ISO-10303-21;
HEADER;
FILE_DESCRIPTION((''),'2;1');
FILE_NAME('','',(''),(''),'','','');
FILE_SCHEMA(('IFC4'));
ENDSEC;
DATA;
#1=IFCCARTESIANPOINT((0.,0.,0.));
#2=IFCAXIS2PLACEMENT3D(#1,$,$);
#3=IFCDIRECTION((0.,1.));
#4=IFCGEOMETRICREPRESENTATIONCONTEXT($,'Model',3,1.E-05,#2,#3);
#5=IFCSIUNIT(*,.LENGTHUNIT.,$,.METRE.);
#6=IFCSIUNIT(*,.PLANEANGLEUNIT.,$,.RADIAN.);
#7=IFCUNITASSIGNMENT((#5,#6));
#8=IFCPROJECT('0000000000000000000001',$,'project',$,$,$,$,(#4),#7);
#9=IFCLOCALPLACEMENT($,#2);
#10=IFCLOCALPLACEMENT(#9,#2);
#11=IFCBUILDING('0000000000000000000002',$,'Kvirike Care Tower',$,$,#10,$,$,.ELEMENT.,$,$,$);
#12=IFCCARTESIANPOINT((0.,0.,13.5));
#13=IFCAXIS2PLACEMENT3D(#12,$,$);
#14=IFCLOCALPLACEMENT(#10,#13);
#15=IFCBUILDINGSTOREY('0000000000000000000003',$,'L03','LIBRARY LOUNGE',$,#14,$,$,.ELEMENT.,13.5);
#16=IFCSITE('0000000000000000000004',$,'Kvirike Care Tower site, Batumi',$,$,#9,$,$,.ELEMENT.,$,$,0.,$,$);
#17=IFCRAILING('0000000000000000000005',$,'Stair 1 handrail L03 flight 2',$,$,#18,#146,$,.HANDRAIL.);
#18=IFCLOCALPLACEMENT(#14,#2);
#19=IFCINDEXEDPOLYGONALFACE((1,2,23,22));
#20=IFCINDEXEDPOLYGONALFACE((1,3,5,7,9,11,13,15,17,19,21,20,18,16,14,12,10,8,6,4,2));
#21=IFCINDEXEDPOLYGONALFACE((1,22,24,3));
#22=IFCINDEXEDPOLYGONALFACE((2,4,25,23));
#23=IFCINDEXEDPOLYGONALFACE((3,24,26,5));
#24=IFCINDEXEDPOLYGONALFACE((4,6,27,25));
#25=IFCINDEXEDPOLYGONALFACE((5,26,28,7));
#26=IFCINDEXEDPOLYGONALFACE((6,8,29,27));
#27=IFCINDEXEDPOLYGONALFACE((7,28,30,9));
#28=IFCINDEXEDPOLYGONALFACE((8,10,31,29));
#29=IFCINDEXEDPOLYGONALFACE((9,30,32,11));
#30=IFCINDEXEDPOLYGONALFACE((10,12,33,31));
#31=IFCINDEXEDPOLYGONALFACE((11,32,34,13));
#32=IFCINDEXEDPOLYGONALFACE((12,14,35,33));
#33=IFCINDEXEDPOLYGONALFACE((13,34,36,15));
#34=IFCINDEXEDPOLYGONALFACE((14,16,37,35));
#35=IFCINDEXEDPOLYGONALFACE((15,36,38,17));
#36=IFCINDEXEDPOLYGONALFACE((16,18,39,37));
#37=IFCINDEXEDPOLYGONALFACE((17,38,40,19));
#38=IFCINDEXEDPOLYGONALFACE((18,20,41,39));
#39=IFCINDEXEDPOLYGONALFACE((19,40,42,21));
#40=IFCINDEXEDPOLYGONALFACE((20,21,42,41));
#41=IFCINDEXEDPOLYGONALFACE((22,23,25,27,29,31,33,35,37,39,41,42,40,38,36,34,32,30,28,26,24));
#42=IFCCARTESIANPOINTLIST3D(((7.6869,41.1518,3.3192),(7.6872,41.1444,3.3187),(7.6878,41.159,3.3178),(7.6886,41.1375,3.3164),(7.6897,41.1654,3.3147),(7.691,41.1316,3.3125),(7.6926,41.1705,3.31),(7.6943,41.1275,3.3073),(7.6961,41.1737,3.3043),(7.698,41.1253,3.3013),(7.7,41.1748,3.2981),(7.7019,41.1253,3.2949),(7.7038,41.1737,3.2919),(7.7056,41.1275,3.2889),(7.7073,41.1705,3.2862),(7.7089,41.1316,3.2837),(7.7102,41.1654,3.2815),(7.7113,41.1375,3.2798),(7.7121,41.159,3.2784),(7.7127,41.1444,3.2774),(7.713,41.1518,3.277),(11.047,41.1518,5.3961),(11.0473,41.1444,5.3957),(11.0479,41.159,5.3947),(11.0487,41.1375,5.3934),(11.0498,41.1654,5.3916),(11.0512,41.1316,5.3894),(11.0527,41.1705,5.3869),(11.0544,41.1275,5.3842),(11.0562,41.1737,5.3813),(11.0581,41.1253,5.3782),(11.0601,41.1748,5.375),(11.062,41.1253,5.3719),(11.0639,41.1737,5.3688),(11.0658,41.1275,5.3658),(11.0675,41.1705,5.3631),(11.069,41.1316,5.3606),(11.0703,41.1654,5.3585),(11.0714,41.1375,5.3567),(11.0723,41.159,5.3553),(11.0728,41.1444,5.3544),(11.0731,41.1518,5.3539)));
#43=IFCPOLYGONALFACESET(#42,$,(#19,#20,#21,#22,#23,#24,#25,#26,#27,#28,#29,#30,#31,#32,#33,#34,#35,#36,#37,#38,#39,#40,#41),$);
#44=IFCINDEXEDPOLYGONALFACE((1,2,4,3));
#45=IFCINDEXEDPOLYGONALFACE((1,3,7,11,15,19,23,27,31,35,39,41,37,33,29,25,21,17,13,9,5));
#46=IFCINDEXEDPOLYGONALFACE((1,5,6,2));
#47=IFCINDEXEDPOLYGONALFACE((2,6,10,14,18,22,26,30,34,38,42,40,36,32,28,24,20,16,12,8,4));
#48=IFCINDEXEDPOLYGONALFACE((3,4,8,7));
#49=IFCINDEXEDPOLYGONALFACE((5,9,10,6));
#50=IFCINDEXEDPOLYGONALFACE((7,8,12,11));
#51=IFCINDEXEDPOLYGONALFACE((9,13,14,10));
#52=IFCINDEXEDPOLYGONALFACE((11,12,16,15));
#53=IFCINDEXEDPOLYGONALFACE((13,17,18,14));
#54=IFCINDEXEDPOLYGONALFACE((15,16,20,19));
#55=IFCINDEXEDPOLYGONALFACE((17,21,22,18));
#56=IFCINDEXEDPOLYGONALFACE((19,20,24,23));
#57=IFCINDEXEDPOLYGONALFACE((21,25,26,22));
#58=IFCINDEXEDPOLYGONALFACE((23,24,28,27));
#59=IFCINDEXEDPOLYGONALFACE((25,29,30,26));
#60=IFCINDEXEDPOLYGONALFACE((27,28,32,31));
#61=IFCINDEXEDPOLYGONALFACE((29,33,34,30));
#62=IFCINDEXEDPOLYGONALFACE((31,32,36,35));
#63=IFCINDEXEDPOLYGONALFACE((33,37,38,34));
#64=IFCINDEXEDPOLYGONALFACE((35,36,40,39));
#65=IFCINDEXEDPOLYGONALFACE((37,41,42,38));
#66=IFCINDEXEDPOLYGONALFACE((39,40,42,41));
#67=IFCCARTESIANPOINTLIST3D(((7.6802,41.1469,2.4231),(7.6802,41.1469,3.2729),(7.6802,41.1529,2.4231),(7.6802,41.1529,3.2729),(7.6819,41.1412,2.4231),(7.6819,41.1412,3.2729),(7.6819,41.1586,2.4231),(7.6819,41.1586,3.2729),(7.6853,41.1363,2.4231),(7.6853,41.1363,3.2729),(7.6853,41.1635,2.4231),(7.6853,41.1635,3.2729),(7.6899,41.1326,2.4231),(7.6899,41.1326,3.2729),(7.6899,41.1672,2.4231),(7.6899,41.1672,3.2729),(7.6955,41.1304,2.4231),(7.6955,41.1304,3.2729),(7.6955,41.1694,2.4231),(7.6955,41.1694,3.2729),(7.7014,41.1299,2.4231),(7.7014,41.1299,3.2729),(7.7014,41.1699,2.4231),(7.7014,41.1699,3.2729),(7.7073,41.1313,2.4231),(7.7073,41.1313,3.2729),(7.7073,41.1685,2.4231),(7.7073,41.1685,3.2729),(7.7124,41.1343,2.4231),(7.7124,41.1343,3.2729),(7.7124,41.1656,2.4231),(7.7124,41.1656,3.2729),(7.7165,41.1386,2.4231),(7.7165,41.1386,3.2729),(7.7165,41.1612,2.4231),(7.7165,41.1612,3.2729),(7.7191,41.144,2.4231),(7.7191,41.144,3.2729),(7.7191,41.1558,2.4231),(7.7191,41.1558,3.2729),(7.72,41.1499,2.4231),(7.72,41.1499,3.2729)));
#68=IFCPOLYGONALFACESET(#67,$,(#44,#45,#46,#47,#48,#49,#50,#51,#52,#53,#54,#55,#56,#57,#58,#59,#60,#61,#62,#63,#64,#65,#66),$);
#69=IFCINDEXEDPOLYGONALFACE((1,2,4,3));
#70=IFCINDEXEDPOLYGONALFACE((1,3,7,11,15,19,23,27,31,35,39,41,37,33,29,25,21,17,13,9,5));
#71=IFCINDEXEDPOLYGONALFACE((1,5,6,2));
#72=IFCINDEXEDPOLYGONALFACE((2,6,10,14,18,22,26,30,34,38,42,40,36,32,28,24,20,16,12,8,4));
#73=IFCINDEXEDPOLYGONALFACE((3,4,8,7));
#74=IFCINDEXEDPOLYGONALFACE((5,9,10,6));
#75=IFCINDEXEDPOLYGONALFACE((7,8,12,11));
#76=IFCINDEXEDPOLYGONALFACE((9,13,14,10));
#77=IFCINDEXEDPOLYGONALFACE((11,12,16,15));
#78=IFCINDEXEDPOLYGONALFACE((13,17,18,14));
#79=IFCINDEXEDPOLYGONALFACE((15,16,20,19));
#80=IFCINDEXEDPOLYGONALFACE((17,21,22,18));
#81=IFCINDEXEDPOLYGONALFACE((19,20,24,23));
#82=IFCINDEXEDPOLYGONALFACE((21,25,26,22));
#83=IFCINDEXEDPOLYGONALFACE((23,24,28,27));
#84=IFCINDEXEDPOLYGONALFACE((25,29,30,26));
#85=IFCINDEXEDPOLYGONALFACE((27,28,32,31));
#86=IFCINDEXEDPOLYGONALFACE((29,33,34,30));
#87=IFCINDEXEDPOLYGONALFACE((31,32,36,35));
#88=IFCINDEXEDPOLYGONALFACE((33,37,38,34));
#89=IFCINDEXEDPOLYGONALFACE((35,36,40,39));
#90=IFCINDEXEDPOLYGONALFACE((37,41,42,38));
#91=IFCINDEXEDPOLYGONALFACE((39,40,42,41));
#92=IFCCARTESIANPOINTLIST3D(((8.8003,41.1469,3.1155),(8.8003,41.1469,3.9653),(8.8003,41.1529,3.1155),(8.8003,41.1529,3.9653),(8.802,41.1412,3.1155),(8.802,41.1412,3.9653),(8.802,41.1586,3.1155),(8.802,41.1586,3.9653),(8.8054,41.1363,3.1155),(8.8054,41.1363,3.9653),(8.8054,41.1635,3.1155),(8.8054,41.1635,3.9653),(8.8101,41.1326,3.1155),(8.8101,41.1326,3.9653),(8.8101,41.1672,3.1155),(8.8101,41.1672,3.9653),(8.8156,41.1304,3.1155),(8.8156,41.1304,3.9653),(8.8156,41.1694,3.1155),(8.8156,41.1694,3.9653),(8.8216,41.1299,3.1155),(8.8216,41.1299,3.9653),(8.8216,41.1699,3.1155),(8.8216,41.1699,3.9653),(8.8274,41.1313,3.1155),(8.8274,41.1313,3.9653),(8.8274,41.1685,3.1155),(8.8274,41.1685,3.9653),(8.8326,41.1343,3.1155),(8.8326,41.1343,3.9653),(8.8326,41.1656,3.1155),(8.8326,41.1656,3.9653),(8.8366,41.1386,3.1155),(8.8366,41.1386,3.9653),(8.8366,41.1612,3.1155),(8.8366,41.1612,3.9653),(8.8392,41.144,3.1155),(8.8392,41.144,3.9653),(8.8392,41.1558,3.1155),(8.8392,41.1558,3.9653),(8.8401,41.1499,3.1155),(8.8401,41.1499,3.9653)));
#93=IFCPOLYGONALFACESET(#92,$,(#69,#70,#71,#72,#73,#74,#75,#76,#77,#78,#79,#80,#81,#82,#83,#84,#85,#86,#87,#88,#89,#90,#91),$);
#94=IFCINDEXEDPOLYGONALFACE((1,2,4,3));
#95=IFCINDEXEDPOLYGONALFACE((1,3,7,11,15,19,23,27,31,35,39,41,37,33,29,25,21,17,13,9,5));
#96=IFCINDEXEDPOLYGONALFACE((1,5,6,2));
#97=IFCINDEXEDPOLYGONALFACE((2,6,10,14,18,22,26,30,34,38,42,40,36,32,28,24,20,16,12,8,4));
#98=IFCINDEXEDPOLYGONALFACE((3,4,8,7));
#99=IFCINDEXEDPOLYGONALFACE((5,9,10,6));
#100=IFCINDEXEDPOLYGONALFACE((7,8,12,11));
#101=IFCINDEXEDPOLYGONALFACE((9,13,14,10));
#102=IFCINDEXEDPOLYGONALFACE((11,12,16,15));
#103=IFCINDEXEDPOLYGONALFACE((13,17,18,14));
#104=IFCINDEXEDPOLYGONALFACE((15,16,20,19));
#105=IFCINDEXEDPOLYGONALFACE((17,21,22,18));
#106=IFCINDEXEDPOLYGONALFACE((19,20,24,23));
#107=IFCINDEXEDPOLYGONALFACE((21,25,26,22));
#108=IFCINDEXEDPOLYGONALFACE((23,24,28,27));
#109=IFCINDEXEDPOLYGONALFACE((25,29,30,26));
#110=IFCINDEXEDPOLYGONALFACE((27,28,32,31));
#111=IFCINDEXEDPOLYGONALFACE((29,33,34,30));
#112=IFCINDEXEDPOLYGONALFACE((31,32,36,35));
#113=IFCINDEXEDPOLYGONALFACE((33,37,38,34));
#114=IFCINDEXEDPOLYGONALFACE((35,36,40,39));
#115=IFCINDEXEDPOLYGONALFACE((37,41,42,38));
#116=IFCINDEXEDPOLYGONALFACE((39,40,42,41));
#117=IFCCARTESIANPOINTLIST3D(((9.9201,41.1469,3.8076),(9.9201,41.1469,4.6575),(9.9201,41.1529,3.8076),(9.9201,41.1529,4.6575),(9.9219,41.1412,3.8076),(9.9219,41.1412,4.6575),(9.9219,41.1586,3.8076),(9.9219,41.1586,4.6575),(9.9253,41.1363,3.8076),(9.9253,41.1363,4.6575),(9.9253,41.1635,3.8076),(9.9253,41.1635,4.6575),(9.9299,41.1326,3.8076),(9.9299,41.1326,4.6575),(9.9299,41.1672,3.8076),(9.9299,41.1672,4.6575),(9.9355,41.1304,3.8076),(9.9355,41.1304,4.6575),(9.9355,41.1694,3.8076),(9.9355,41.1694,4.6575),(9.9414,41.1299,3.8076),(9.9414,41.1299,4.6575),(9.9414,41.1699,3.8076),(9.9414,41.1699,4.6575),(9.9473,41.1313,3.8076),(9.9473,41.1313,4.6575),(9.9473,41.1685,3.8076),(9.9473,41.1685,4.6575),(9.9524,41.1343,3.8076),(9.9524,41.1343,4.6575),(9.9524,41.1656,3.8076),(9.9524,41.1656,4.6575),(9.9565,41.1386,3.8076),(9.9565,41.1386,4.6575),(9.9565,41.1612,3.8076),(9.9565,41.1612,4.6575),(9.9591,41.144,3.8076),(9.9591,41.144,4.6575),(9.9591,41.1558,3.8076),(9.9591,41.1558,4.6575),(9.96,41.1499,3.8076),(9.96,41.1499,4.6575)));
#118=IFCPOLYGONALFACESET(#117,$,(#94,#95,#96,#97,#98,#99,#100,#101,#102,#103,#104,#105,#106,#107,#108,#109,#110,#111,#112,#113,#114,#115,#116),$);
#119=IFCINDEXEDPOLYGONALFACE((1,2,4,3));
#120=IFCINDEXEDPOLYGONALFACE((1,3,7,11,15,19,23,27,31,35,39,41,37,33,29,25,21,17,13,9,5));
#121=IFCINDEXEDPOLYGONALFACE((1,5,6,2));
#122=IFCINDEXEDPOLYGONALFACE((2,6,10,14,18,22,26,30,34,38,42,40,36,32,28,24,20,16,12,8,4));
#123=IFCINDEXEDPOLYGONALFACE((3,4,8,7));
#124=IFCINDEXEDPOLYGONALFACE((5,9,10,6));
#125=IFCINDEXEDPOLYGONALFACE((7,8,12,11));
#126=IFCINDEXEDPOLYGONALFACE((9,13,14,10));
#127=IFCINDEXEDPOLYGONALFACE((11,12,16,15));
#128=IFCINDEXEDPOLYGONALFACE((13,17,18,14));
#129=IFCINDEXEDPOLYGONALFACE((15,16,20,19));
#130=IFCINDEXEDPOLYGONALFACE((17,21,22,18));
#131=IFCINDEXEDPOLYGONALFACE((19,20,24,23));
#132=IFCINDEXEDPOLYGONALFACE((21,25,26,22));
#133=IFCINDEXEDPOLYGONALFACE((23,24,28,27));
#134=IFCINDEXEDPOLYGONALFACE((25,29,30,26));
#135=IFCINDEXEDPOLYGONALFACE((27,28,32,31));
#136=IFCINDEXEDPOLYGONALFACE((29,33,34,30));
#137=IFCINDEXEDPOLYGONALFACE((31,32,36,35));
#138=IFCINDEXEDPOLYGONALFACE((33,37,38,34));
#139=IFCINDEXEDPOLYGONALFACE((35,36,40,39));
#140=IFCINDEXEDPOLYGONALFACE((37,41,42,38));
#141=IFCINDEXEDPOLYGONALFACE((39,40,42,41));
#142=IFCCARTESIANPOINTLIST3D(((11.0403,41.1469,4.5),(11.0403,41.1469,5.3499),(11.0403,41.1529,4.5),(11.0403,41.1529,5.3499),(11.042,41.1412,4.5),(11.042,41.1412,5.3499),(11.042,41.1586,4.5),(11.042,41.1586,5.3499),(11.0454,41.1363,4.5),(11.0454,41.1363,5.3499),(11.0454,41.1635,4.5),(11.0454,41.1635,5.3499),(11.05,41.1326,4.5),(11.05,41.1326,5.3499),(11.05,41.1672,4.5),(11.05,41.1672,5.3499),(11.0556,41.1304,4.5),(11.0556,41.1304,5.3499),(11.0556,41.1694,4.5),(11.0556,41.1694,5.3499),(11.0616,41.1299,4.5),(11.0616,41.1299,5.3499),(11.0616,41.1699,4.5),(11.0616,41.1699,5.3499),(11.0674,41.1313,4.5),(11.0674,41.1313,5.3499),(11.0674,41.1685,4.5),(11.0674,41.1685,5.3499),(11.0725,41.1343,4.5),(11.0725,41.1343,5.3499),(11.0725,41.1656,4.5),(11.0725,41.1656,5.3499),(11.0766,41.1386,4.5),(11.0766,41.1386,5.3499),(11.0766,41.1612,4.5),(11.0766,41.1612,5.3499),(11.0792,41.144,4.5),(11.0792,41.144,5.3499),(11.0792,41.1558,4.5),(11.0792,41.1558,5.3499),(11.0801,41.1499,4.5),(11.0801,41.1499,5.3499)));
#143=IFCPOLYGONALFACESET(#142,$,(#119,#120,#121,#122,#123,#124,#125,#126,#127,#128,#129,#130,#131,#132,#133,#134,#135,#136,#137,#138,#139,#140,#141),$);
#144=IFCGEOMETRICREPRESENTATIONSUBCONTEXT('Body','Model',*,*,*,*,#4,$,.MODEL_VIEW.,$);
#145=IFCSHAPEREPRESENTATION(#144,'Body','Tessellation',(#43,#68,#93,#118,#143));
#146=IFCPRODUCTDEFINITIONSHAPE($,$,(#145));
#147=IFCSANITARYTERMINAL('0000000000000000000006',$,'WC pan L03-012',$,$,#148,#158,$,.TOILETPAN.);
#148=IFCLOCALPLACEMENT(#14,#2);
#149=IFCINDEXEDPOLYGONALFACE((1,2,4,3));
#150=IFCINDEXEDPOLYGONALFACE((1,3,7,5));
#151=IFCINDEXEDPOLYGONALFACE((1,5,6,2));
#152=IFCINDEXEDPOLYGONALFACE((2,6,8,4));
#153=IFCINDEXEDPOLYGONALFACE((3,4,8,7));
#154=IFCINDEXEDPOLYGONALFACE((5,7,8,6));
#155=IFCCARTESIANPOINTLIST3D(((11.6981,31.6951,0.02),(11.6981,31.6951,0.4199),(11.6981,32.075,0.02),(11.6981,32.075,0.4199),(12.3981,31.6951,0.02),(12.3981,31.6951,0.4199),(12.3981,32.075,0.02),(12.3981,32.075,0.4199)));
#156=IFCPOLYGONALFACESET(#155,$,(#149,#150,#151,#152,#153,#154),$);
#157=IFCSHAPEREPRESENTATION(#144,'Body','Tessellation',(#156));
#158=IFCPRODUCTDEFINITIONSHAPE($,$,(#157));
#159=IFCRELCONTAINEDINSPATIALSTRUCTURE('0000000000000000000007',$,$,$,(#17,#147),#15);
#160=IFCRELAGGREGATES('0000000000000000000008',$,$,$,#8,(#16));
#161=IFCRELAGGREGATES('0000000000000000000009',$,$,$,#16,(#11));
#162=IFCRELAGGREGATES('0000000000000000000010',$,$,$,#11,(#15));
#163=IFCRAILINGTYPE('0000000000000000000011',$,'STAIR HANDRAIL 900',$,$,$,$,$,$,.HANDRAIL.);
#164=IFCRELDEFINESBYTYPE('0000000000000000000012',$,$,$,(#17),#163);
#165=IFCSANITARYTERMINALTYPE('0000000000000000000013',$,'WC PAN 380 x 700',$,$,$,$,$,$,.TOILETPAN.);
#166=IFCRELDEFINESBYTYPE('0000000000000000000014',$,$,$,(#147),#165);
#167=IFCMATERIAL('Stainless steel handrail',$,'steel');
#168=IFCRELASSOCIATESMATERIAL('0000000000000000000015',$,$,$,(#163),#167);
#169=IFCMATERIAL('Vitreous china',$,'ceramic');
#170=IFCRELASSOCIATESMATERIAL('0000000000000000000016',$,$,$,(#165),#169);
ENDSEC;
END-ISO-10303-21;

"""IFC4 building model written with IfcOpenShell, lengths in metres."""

from ifc_helpers import new_model, si_unit, direction, frame, origin, origin_2d, place, context, subcontext, project, spatial, rectangle, circle, extrude, material, type_object, element, save


model = new_model("IFC4")

# Units and contexts
model_context = context("Model", 3, precision=1e-05, world=origin(), true_north=direction((0.0, 1.0)))
body_context = subcontext(model_context, "Body", "Model", "MODEL_VIEW")
ifc_project = project(units=[si_unit("LENGTHUNIT", "METRE"), si_unit("PLANEANGLEUNIT", "RADIAN")], contexts=[model_context])

# Site, building, storey
site_placement = place(None, origin())
site = spatial("IfcSite", under=ifc_project, at=site_placement, Name="Kvirike Care Tower site, Batumi", CompositionType="ELEMENT", RefElevation=0.0)
building_placement = place(site_placement, origin())
building = spatial("IfcBuilding", under=site, at=building_placement, Name="Kvirike Care Tower", CompositionType="ELEMENT")
storey_placement = place(building_placement, frame((0.0, 0.0, 13.5)))
storey = spatial("IfcBuildingStorey", under=building, at=storey_placement, Name="L03", Description="LIBRARY LOUNGE", CompositionType="ELEMENT", Elevation=13.5)

# Railing
ifc_material_1 = material(Name="Stainless steel handrail", Category="steel")
railing_type = type_object("IfcRailingType", Name="STAIR HANDRAIL 900", PredefinedType="HANDRAIL", material=ifc_material_1)
railing_1_placement = place(storey_placement, frame((7.7, 41.1499, 2.4231)))
element("IfcRailing", 1, at=railing_1_placement, inside=storey, type_object=railing_type, Name="Stair 1 handrail L03 flight 2", PredefinedType="HANDRAIL", context=body_context, shape_type="SweptSolid", body=[
    extrude(circle(Radius=0.0249, at=origin_2d()), frame((0.0, 0.0, 0.875), z_axis=(0.850623, 0.0, 0.525776), x_axis=(0.0, 1.0, 0.0)), (0.0, 0.0, 1.0), 3.9502),
    extrude(circle(Radius=0.02, at=origin_2d()), origin(), (0.0, 0.0, 1.0), 0.8499),
    extrude(circle(Radius=0.02, at=origin_2d()), frame((1.1201, 0.0, 0.6924)), (0.0, 0.0, 1.0), 0.8499),
    extrude(circle(Radius=0.02, at=origin_2d()), frame((2.24, 0.0, 1.3845)), (0.0, 0.0, 1.0), 0.8499),
    extrude(circle(Radius=0.02, at=origin_2d()), frame((3.3601, 0.0, 2.0769)), (0.0, 0.0, 1.0), 0.8499),
])

# Sanitary terminal
ifc_material_2 = material(Name="Vitreous china", Category="ceramic")
sanitary_terminal_type = type_object("IfcSanitaryTerminalType", Name="WC PAN 380 x 700", PredefinedType="TOILETPAN", material=ifc_material_2)
sanitary_terminal_placement = place(storey_placement, frame((12.0481, 31.885, 0.02), z_axis=(0.0, 0.0, 1.0), x_axis=(0.0, -1.0, 0.0)))
element("IfcSanitaryTerminal", 2, at=sanitary_terminal_placement, inside=storey, type_object=sanitary_terminal_type, Name="WC pan L03-012", PredefinedType="TOILETPAN", context=body_context, shape_type="SweptSolid", body=[
    extrude(rectangle(XDim=0.3799, YDim=0.7, at=origin_2d()), origin(), (0.0, 0.0, 1.0), 0.3999),
])

save(model, "model.ifc")
